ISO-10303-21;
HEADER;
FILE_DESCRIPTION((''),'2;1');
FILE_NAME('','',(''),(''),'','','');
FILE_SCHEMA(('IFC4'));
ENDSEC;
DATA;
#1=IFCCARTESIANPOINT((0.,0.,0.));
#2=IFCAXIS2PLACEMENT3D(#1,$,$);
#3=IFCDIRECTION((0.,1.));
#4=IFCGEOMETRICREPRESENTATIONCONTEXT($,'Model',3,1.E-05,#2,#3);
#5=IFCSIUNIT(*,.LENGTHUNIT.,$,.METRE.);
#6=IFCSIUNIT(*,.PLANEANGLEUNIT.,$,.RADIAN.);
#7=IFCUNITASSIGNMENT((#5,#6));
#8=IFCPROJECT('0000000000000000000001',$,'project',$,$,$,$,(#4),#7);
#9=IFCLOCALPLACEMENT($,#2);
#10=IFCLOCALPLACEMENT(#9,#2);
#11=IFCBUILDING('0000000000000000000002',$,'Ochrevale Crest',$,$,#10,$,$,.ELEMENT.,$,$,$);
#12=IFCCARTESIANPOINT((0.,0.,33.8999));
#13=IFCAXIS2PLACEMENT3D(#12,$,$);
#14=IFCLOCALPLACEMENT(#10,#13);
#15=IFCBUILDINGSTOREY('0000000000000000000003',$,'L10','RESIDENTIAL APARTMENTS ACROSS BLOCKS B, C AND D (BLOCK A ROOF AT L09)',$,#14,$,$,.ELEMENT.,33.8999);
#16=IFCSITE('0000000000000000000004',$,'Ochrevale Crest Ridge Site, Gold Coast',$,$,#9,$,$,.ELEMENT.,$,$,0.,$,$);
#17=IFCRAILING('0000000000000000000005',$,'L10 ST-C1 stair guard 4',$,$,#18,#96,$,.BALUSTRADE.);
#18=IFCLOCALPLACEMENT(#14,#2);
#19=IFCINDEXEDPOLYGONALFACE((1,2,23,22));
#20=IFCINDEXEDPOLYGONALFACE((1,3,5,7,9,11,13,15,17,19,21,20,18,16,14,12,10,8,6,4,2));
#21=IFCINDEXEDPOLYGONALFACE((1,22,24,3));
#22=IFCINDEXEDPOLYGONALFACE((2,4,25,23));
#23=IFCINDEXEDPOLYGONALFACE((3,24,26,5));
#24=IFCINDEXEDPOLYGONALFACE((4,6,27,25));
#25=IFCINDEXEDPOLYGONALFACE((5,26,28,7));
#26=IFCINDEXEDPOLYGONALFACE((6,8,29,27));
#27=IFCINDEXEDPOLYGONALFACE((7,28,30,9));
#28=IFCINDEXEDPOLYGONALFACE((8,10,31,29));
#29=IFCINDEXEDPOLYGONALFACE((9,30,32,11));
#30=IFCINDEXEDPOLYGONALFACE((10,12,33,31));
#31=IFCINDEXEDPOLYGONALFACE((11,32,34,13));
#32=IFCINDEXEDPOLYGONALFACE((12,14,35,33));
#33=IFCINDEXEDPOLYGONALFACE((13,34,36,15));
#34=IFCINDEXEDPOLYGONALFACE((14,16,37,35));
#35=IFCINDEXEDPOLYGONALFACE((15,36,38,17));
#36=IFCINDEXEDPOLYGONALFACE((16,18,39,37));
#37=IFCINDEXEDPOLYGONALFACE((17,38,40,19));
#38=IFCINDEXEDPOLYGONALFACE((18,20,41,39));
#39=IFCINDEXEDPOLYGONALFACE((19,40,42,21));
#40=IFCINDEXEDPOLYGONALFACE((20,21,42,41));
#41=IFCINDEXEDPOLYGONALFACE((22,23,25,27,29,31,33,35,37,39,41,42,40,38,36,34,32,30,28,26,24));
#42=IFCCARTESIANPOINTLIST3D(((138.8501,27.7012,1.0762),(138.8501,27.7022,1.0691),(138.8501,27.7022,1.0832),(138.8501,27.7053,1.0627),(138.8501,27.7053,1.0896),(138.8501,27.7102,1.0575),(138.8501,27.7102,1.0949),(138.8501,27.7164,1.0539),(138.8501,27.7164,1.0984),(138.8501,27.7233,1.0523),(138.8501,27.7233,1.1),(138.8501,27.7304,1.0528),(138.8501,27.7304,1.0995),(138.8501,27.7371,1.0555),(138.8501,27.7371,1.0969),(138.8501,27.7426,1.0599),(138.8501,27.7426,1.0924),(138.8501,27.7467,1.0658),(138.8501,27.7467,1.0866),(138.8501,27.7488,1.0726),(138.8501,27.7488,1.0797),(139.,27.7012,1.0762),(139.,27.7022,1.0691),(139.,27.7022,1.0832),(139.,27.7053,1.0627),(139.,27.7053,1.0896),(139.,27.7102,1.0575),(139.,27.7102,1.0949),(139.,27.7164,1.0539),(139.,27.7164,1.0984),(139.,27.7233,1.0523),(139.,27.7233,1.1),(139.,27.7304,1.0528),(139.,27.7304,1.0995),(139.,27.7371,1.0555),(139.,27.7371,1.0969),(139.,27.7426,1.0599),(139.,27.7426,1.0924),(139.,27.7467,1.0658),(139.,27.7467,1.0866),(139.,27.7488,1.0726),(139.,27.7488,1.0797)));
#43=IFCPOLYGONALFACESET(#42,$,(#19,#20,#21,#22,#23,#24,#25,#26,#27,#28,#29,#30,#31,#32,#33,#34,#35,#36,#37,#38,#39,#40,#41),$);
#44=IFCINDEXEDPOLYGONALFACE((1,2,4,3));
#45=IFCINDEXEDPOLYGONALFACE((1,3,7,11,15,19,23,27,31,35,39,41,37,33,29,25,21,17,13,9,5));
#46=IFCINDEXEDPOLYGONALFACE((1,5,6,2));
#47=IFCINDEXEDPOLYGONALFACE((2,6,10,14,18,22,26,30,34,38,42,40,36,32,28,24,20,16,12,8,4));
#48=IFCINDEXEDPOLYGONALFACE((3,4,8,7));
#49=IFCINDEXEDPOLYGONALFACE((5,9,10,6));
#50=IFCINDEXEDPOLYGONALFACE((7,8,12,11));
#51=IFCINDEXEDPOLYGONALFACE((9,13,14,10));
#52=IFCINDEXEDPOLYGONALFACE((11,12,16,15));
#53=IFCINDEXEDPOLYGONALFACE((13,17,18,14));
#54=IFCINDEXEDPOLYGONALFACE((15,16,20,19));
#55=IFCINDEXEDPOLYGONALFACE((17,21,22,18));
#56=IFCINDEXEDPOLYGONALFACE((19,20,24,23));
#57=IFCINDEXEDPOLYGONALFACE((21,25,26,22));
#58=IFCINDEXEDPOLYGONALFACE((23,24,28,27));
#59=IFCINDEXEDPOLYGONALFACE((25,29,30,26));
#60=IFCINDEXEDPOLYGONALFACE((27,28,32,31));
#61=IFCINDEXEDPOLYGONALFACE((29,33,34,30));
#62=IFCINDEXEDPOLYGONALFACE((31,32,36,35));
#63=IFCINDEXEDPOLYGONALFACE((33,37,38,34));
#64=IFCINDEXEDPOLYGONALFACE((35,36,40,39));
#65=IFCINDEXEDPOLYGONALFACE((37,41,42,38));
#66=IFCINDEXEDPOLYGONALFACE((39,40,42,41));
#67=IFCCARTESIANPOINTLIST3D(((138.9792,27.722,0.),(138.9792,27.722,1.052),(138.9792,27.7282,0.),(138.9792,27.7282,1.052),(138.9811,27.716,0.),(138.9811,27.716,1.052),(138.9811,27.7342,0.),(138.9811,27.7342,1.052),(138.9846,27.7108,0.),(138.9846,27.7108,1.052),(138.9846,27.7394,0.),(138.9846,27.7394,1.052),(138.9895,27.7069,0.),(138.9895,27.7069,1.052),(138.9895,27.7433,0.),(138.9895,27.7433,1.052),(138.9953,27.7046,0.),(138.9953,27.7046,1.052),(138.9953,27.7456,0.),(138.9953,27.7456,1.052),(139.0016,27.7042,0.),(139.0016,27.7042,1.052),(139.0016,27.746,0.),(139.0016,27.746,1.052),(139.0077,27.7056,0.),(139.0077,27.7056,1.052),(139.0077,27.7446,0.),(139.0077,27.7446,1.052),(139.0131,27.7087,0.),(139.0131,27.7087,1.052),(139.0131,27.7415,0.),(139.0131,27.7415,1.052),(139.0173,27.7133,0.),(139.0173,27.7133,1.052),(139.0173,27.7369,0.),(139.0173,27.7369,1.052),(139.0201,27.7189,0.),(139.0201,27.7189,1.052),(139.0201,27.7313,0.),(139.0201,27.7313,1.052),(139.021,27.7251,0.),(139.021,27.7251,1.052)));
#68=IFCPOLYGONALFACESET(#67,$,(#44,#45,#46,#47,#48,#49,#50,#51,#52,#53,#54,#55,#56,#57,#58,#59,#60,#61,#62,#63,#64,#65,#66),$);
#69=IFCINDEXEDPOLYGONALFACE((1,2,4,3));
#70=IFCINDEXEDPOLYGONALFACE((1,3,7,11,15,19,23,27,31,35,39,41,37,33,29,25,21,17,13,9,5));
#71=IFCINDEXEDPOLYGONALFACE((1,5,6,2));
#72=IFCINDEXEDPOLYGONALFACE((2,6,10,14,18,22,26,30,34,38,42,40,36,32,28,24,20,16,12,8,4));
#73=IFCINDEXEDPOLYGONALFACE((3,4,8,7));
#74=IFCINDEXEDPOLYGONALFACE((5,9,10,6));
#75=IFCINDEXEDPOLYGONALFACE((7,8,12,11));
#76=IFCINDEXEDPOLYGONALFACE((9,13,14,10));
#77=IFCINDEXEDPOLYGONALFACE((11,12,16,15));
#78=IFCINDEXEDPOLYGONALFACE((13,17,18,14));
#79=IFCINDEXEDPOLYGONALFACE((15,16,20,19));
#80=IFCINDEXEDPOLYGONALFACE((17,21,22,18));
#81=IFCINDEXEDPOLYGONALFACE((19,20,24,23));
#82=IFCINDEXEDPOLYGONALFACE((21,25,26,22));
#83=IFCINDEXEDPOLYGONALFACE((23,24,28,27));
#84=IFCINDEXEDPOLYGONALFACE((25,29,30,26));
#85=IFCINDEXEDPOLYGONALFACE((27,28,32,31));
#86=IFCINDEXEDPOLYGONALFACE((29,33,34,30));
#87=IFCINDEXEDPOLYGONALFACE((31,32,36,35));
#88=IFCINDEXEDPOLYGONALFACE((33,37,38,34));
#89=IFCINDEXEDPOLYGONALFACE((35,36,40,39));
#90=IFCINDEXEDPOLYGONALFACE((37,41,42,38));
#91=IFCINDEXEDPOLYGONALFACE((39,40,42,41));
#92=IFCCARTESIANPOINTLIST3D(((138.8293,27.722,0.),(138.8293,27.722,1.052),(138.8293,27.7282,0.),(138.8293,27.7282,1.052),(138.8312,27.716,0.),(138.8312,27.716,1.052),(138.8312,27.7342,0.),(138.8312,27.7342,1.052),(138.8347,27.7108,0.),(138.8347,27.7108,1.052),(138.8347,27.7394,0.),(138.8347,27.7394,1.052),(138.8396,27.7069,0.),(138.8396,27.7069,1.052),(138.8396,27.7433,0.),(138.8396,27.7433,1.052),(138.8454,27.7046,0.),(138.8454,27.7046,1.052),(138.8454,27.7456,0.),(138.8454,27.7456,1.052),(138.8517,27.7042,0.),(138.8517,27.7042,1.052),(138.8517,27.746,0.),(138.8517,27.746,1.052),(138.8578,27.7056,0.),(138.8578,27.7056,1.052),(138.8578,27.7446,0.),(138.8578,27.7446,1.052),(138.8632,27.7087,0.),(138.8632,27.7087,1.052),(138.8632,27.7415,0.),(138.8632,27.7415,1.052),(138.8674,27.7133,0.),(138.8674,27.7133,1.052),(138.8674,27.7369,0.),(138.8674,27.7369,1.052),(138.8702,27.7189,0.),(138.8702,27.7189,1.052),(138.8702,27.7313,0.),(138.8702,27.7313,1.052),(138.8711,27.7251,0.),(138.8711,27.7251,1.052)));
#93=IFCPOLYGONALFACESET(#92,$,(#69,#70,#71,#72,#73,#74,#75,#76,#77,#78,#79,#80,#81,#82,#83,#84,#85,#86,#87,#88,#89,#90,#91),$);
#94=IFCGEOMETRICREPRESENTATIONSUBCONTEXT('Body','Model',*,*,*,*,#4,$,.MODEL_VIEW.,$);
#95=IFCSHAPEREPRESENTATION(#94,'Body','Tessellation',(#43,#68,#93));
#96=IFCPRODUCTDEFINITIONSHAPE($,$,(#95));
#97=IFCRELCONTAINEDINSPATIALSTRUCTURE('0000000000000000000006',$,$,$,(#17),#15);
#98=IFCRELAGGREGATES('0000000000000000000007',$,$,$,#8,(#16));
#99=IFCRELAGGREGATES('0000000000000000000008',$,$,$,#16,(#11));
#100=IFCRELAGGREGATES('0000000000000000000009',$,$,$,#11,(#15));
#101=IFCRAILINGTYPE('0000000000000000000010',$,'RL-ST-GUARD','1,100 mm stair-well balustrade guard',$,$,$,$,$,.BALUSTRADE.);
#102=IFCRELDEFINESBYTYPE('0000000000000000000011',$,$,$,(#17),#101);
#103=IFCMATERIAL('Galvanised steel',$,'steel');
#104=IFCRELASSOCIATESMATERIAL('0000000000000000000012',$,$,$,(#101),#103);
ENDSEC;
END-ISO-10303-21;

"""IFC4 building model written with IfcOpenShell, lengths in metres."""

from ifc_helpers import new_model, si_unit, direction, frame, origin, origin_2d, place, context, subcontext, project, spatial, circle, extrude, material, type_object, element, save


model = new_model("IFC4")

# Units and contexts
model_context = context("Model", 3, precision=1e-05, world=origin(), true_north=direction((0.0, 1.0)))
body_context = subcontext(model_context, "Body", "Model", "MODEL_VIEW")
ifc_project = project(units=[si_unit("LENGTHUNIT", "METRE"), si_unit("PLANEANGLEUNIT", "RADIAN")], contexts=[model_context])

# Site, building, storey
site_placement = place(None, origin())
site = spatial("IfcSite", under=ifc_project, at=site_placement, Name="Ochrevale Crest Ridge Site, Gold Coast", CompositionType="ELEMENT", RefElevation=0.0)
building_placement = place(site_placement, origin())
building = spatial("IfcBuilding", under=site, at=building_placement, Name="Ochrevale Crest", CompositionType="ELEMENT")
storey_placement = place(building_placement, frame((0.0, 0.0, 33.8999)))
storey = spatial("IfcBuildingStorey", under=building, at=storey_placement, Name="L10", Description="RESIDENTIAL APARTMENTS ACROSS BLOCKS B, C AND D (BLOCK A ROOF AT L09)", CompositionType="ELEMENT", Elevation=33.8999)

# Railing
ifc_material_1 = material(Name="Galvanised steel", Category="steel")
railing_type_1 = type_object("IfcRailingType", Name="RL-ST-GUARD", Description="1,100 mm stair-well balustrade guard", PredefinedType="BALUSTRADE", material=ifc_material_1)
railing_1_placement = place(storey_placement, frame((139.0, 27.7251, 0.0)))
element("IfcRailing", 1, at=railing_1_placement, inside=storey, type_object=railing_type_1, Name="L10 ST-C1 stair guard 4", PredefinedType="BALUSTRADE", context=body_context, shape_type="SweptSolid", body=[
    extrude(circle(Radius=0.0239, at=origin_2d()), frame((0.0, 0.0, 1.0762), z_axis=(-1.0, 0.0, 0.0), x_axis=(0.0, -1.0, 0.0)), (0.0, 0.0, 1.0), 0.1499),
    extrude(circle(Radius=0.021, at=origin_2d()), origin(), (0.0, 0.0, 1.0), 1.052),
    extrude(circle(Radius=0.021, at=origin_2d()), frame((-0.1499, 0.0, 0.0)), (0.0, 0.0, 1.0), 1.052),
])

save(model, "model.ifc")
